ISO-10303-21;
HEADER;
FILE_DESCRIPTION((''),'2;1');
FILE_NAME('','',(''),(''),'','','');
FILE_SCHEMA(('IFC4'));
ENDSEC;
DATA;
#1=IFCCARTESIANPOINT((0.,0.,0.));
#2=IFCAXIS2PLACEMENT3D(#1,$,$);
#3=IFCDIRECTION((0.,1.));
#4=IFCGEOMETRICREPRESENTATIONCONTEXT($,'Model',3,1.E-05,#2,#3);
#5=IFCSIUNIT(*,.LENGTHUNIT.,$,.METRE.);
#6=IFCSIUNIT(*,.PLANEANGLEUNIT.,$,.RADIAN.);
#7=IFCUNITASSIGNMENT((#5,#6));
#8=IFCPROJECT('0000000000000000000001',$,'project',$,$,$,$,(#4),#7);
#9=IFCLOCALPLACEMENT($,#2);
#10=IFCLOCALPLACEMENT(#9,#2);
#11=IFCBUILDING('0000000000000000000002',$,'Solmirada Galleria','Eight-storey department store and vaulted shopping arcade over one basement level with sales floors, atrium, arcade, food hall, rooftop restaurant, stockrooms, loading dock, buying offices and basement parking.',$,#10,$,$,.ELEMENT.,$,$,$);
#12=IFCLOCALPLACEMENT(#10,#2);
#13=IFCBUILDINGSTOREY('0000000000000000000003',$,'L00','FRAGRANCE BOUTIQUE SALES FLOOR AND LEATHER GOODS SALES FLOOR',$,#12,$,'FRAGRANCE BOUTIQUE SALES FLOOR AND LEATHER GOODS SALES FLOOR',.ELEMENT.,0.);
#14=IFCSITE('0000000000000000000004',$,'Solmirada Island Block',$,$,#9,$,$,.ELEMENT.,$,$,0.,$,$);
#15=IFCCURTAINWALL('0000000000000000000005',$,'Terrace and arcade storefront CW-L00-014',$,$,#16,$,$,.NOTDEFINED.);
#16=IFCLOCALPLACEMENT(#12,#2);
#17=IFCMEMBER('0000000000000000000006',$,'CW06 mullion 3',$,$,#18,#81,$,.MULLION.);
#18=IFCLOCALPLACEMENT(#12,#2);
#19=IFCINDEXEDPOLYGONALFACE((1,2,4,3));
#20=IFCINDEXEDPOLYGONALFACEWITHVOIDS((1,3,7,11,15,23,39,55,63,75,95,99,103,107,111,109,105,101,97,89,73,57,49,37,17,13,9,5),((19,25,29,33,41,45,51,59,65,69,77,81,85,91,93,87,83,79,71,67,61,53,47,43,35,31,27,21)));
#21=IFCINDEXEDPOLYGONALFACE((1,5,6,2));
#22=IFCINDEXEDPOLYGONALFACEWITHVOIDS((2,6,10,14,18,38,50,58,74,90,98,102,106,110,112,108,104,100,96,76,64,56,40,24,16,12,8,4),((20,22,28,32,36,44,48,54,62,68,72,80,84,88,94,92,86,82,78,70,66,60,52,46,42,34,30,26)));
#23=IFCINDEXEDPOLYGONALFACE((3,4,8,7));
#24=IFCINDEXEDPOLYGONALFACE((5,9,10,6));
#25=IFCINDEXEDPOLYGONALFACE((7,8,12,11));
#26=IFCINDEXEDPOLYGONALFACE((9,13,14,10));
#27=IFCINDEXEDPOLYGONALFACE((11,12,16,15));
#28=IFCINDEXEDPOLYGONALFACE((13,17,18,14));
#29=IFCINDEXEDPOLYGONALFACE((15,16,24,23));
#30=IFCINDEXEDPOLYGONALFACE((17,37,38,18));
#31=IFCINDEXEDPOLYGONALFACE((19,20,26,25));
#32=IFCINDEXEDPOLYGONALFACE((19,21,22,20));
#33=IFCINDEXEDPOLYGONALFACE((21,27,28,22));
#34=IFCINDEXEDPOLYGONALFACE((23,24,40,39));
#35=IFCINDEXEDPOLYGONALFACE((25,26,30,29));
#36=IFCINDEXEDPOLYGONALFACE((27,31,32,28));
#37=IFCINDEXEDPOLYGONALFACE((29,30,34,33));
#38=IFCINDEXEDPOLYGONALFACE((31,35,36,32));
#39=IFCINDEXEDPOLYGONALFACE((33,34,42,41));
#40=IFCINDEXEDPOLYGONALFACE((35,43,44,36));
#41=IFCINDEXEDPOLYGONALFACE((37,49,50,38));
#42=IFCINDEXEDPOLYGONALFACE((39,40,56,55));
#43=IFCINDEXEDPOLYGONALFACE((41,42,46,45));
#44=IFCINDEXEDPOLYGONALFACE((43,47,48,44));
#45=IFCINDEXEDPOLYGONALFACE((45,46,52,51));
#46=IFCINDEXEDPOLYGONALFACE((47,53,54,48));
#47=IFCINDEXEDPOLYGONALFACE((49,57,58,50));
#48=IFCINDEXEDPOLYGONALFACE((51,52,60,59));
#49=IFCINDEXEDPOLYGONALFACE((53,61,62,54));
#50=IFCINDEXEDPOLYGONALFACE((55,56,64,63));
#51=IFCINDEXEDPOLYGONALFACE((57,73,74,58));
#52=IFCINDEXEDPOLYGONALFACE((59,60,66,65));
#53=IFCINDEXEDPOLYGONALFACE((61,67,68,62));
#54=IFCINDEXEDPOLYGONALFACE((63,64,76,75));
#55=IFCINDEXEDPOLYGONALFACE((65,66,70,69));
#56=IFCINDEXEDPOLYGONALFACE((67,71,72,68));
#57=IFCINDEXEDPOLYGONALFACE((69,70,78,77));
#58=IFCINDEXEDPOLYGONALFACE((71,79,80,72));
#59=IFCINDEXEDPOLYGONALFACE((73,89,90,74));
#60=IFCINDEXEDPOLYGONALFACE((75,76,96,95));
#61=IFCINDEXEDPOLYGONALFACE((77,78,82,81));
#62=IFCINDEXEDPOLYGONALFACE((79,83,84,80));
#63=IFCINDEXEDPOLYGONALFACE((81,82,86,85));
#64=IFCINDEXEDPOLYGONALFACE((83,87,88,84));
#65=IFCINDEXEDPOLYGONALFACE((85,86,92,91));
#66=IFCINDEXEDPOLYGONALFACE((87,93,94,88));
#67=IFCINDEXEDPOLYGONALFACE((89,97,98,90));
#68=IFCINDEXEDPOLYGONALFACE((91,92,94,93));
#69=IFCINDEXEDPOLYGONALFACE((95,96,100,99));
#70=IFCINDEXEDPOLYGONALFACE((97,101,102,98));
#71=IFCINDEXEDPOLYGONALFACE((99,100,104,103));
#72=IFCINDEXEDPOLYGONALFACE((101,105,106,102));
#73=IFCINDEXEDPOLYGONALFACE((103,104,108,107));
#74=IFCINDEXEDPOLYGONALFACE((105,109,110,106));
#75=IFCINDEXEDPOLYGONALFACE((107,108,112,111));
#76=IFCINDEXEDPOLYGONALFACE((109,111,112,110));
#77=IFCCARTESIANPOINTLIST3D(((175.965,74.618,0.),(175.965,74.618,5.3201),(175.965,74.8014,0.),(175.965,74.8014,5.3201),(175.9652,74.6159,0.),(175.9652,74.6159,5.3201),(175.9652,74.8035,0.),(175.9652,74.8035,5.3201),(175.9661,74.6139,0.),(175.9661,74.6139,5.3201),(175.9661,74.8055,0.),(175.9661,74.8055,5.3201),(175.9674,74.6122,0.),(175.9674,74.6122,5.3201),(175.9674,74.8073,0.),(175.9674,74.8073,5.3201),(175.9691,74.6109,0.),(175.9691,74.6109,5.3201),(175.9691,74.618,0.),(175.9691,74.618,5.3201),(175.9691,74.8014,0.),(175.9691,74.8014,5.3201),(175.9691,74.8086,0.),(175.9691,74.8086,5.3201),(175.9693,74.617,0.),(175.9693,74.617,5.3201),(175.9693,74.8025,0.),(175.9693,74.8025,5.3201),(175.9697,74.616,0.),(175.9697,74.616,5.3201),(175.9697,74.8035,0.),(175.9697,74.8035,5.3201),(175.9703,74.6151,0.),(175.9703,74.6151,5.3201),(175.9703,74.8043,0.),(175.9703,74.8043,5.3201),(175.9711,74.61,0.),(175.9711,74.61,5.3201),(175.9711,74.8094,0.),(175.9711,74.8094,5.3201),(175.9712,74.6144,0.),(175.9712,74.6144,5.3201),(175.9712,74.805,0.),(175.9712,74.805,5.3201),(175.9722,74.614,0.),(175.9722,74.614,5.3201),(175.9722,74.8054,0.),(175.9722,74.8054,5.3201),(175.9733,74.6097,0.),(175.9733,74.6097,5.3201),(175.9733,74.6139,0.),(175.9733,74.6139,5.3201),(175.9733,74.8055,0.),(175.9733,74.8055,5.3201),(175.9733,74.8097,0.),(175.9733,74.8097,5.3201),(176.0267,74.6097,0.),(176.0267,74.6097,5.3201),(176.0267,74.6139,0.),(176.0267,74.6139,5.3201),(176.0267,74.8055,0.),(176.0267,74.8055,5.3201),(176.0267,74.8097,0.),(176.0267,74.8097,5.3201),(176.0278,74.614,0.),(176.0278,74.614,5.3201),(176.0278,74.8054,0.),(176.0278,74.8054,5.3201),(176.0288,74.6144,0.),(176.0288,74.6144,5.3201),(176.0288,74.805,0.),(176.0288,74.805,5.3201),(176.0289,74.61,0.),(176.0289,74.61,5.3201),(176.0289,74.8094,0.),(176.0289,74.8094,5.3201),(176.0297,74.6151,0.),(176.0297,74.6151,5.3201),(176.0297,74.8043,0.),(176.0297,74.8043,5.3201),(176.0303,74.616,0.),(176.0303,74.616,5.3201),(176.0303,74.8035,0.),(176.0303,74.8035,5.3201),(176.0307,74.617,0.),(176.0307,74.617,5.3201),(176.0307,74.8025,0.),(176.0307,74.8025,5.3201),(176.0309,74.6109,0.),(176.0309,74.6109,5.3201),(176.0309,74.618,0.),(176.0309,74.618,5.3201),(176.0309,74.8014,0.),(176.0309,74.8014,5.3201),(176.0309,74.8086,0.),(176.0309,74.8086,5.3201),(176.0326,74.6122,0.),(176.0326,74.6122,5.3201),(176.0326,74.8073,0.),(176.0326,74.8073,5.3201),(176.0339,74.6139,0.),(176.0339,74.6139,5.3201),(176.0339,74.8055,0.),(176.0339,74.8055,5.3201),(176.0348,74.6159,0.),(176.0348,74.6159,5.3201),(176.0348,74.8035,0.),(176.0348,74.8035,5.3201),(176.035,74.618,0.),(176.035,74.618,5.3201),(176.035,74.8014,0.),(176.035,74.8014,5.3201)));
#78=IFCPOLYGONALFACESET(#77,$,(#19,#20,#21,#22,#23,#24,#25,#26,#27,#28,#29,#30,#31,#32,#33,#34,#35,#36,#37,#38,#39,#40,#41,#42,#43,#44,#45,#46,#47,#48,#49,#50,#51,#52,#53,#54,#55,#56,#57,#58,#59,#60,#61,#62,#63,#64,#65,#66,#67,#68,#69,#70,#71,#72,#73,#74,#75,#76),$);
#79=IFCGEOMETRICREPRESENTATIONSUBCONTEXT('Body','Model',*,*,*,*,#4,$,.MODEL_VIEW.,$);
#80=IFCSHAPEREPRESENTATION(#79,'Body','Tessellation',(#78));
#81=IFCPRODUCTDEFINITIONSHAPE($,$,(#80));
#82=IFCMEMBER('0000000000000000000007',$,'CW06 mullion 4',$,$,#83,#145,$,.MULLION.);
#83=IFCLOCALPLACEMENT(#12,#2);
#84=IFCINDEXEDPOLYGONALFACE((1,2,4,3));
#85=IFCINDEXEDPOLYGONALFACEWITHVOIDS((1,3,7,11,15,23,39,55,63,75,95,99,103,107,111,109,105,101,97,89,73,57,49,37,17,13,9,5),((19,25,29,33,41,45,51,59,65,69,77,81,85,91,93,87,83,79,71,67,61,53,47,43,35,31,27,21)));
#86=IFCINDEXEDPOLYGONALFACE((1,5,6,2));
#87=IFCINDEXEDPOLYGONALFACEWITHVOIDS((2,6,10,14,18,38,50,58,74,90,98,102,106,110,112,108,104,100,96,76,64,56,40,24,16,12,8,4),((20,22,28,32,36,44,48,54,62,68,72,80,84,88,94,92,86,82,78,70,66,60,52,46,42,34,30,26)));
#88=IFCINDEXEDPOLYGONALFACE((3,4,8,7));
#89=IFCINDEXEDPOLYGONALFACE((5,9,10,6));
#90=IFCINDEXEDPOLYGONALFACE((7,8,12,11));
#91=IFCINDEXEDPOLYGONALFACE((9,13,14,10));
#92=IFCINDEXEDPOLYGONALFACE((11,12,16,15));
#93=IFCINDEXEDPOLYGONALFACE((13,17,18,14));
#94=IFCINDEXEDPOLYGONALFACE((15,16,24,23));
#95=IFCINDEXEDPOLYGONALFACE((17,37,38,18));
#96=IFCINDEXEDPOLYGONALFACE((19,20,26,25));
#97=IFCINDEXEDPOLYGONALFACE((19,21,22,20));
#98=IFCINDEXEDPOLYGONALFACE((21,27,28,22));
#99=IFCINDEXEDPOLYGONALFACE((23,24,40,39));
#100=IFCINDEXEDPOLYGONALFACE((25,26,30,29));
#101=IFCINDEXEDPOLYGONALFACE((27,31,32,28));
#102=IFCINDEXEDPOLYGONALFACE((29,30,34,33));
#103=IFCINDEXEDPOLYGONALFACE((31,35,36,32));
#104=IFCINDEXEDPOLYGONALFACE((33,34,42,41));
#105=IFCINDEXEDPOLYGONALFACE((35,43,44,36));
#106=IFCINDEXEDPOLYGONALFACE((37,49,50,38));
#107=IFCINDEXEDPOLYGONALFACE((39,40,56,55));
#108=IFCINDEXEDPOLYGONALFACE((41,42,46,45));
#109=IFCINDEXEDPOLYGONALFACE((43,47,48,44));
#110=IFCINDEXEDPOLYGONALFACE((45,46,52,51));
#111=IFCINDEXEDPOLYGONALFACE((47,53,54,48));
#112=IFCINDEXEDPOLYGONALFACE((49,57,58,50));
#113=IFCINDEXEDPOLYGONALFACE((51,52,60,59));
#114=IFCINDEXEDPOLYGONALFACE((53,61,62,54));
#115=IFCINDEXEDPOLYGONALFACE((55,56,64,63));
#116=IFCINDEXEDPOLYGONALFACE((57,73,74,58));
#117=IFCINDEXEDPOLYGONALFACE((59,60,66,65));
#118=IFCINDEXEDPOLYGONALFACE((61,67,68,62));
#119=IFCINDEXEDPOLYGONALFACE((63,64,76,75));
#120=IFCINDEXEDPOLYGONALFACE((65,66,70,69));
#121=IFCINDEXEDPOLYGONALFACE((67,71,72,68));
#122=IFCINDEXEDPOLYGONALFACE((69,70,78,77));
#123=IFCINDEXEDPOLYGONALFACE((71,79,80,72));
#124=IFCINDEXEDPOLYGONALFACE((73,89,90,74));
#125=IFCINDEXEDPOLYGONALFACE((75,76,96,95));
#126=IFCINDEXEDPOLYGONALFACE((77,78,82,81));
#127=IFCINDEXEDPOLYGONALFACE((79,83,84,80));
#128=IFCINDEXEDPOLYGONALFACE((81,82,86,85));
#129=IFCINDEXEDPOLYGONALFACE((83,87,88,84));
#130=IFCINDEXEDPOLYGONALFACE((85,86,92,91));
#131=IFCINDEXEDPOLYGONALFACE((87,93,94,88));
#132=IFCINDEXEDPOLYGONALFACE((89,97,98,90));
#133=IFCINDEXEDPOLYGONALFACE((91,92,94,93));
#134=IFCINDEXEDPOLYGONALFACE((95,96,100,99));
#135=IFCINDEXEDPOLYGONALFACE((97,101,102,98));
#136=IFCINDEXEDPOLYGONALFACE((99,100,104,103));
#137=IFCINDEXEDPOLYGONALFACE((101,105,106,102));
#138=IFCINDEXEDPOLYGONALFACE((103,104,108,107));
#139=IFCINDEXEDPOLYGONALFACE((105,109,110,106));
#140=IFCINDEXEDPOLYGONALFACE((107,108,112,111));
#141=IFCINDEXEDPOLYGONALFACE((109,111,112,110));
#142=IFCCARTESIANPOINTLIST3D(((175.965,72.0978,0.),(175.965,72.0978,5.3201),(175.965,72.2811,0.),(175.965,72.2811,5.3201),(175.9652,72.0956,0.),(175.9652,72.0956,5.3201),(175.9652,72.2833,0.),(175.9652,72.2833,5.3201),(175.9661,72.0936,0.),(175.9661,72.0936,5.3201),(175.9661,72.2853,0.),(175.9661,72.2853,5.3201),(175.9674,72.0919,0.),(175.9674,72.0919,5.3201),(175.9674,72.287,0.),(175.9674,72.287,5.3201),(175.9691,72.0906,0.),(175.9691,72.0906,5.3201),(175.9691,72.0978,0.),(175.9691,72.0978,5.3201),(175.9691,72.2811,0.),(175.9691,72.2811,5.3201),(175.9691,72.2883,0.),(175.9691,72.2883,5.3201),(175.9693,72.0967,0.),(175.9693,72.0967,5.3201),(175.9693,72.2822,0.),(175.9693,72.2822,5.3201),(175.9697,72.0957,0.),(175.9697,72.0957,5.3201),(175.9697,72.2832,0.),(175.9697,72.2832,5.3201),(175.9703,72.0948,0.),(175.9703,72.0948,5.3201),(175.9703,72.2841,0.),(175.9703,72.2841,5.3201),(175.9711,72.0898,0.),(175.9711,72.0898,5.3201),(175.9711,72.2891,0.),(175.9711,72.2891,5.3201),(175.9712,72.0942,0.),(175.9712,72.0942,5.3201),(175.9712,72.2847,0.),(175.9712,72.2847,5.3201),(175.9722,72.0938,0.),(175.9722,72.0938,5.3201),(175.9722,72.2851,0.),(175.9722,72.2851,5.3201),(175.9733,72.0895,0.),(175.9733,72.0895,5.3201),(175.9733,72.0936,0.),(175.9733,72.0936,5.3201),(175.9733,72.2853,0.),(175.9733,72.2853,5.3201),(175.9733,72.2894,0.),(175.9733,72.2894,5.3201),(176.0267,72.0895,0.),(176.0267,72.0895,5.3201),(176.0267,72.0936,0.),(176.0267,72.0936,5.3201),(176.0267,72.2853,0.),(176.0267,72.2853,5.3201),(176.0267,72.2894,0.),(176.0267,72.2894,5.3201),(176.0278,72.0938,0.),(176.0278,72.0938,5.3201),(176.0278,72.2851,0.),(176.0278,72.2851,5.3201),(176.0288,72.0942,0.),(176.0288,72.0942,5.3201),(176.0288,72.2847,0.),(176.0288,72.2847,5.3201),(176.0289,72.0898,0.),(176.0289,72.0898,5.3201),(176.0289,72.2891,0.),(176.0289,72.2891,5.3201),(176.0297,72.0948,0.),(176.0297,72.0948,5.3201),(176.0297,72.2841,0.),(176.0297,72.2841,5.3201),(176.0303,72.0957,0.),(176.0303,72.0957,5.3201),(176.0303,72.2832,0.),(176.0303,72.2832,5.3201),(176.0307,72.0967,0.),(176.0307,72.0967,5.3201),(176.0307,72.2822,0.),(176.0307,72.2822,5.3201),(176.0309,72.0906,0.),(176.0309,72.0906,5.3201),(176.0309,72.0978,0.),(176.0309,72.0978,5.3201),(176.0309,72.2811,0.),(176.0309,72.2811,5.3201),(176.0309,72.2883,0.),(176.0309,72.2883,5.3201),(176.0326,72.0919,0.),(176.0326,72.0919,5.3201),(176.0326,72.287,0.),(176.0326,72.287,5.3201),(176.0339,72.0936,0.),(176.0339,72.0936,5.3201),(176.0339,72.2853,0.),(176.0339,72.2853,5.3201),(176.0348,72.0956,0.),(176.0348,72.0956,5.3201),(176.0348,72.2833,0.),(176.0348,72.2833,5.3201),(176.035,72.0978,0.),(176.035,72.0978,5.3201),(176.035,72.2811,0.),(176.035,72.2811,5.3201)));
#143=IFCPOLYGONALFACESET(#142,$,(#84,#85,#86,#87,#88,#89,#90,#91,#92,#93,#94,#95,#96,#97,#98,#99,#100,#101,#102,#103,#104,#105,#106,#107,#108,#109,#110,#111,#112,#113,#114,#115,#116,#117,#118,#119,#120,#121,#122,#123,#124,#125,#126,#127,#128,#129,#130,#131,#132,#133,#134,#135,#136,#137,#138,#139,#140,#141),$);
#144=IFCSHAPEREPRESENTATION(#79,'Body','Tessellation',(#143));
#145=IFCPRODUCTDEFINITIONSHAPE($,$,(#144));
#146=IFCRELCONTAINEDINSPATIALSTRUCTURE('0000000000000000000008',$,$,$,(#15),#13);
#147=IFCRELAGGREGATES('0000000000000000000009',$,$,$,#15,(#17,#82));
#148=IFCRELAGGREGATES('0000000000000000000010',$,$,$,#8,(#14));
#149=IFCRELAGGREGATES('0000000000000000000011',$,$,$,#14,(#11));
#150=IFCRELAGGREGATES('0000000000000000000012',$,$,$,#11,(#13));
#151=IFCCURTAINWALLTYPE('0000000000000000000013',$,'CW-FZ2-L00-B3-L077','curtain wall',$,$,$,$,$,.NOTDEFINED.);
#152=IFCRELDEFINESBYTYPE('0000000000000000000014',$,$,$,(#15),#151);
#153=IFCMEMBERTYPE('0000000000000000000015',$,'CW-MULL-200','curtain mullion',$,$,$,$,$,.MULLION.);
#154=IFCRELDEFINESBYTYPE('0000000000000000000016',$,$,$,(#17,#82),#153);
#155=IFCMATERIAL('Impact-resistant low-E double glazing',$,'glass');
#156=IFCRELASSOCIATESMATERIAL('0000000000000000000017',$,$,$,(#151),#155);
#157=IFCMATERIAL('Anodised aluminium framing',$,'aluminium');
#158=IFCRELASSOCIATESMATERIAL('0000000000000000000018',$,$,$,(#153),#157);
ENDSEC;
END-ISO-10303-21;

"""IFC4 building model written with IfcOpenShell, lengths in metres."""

from ifc_helpers import new_model, si_unit, direction, frame, origin, origin_2d, place, context, subcontext, project, spatial, hollow_rectangle, extrude, material, material_profile, profile_set, type_object, element, aggregate, save


model = new_model("IFC4")

# Units and contexts
model_context = context("Model", 3, precision=1e-05, world=origin(), true_north=direction((0.0, 1.0)))
body_context = subcontext(model_context, "Body", "Model", "MODEL_VIEW")
ifc_project = project(units=[si_unit("LENGTHUNIT", "METRE"), si_unit("PLANEANGLEUNIT", "RADIAN")], contexts=[model_context])

# Site, building, storey
site_placement = place(None, origin())
site = spatial("IfcSite", under=ifc_project, at=site_placement, Name="Solmirada Island Block", CompositionType="ELEMENT", RefElevation=0.0)
building_placement = place(site_placement, origin())
building = spatial("IfcBuilding", under=site, at=building_placement, Name="Solmirada Galleria", Description="Eight-storey department store and vaulted shopping arcade over one basement level with sales floors, atrium, arcade, food hall, rooftop restaurant, stockrooms, loading dock, buying offices and basement parking.", CompositionType="ELEMENT")
storey_placement = place(building_placement, origin())
storey = spatial("IfcBuildingStorey", under=building, at=storey_placement, Name="L00", Description="FRAGRANCE BOUTIQUE SALES FLOOR AND LEATHER GOODS SALES FLOOR", LongName="FRAGRANCE BOUTIQUE SALES FLOOR AND LEATHER GOODS SALES FLOOR", CompositionType="ELEMENT", Elevation=0.0)

# Curtain wall, members
ifc_material_1 = material(Name="Impact-resistant low-E double glazing", Category="glass")
curtain_wall_type = type_object("IfcCurtainWallType", Name="CW-FZ2-L00-B3-L077", Description="curtain wall", PredefinedType="NOTDEFINED", material=ifc_material_1)
curtain_wall_placement = place(storey_placement, origin())
curtain_wall = element("IfcCurtainWall", 1, at=curtain_wall_placement, inside=storey, type_object=curtain_wall_type, Name="Terrace and arcade storefront CW-L00-014", PredefinedType="NOTDEFINED")
ifc_material_2 = material(Name="Anodised aluminium framing", Category="aluminium")
ifc_material_profile_1 = material_profile(ifc_material_2, hollow_rectangle(XDim=0.0701, YDim=0.2, WallThickness=0.0042, InnerFilletRadius=0.0042, OuterFilletRadius=0.0083, at=origin_2d()), Name="ALU-MULL-200X70")
ifc_profile_set_1 = profile_set([ifc_material_profile_1], Name="Anodised aluminium framing")
member_type_1 = type_object("IfcMemberType", Name="CW-MULL-200", Description="curtain mullion", PredefinedType="MULLION", material=ifc_profile_set_1)
member_1_placement = place(storey_placement, frame((176.0, 74.7097, 0.0), z_axis=(0.0, 0.0, 1.0), x_axis=(1.0, 0.0, 0.0)))
member_1 = element("IfcMember", 2, at=member_1_placement, type_object=member_type_1, Name="CW06 mullion 3", PredefinedType="MULLION", context=body_context, shape_type="SweptSolid", body=[
    extrude(hollow_rectangle(XDim=0.0701, YDim=0.2, WallThickness=0.0042, InnerFilletRadius=0.0042, OuterFilletRadius=0.0083, at=origin_2d()), origin(), (0.0, 0.0, 1.0), 5.3201),
])
member_2_placement = place(storey_placement, frame((176.0, 72.1895, 0.0), z_axis=(0.0, 0.0, 1.0), x_axis=(1.0, 0.0, 0.0)))
member_2 = element("IfcMember", 3, at=member_2_placement, type_object=member_type_1, Name="CW06 mullion 4", PredefinedType="MULLION", context=body_context, shape_type="SweptSolid", body=[
    extrude(hollow_rectangle(XDim=0.0701, YDim=0.2, WallThickness=0.0042, InnerFilletRadius=0.0042, OuterFilletRadius=0.0083, at=origin_2d()), origin(), (0.0, 0.0, 1.0), 5.3201),
])

aggregate(curtain_wall, [member_1, member_2])

save(model, "model.ifc")
